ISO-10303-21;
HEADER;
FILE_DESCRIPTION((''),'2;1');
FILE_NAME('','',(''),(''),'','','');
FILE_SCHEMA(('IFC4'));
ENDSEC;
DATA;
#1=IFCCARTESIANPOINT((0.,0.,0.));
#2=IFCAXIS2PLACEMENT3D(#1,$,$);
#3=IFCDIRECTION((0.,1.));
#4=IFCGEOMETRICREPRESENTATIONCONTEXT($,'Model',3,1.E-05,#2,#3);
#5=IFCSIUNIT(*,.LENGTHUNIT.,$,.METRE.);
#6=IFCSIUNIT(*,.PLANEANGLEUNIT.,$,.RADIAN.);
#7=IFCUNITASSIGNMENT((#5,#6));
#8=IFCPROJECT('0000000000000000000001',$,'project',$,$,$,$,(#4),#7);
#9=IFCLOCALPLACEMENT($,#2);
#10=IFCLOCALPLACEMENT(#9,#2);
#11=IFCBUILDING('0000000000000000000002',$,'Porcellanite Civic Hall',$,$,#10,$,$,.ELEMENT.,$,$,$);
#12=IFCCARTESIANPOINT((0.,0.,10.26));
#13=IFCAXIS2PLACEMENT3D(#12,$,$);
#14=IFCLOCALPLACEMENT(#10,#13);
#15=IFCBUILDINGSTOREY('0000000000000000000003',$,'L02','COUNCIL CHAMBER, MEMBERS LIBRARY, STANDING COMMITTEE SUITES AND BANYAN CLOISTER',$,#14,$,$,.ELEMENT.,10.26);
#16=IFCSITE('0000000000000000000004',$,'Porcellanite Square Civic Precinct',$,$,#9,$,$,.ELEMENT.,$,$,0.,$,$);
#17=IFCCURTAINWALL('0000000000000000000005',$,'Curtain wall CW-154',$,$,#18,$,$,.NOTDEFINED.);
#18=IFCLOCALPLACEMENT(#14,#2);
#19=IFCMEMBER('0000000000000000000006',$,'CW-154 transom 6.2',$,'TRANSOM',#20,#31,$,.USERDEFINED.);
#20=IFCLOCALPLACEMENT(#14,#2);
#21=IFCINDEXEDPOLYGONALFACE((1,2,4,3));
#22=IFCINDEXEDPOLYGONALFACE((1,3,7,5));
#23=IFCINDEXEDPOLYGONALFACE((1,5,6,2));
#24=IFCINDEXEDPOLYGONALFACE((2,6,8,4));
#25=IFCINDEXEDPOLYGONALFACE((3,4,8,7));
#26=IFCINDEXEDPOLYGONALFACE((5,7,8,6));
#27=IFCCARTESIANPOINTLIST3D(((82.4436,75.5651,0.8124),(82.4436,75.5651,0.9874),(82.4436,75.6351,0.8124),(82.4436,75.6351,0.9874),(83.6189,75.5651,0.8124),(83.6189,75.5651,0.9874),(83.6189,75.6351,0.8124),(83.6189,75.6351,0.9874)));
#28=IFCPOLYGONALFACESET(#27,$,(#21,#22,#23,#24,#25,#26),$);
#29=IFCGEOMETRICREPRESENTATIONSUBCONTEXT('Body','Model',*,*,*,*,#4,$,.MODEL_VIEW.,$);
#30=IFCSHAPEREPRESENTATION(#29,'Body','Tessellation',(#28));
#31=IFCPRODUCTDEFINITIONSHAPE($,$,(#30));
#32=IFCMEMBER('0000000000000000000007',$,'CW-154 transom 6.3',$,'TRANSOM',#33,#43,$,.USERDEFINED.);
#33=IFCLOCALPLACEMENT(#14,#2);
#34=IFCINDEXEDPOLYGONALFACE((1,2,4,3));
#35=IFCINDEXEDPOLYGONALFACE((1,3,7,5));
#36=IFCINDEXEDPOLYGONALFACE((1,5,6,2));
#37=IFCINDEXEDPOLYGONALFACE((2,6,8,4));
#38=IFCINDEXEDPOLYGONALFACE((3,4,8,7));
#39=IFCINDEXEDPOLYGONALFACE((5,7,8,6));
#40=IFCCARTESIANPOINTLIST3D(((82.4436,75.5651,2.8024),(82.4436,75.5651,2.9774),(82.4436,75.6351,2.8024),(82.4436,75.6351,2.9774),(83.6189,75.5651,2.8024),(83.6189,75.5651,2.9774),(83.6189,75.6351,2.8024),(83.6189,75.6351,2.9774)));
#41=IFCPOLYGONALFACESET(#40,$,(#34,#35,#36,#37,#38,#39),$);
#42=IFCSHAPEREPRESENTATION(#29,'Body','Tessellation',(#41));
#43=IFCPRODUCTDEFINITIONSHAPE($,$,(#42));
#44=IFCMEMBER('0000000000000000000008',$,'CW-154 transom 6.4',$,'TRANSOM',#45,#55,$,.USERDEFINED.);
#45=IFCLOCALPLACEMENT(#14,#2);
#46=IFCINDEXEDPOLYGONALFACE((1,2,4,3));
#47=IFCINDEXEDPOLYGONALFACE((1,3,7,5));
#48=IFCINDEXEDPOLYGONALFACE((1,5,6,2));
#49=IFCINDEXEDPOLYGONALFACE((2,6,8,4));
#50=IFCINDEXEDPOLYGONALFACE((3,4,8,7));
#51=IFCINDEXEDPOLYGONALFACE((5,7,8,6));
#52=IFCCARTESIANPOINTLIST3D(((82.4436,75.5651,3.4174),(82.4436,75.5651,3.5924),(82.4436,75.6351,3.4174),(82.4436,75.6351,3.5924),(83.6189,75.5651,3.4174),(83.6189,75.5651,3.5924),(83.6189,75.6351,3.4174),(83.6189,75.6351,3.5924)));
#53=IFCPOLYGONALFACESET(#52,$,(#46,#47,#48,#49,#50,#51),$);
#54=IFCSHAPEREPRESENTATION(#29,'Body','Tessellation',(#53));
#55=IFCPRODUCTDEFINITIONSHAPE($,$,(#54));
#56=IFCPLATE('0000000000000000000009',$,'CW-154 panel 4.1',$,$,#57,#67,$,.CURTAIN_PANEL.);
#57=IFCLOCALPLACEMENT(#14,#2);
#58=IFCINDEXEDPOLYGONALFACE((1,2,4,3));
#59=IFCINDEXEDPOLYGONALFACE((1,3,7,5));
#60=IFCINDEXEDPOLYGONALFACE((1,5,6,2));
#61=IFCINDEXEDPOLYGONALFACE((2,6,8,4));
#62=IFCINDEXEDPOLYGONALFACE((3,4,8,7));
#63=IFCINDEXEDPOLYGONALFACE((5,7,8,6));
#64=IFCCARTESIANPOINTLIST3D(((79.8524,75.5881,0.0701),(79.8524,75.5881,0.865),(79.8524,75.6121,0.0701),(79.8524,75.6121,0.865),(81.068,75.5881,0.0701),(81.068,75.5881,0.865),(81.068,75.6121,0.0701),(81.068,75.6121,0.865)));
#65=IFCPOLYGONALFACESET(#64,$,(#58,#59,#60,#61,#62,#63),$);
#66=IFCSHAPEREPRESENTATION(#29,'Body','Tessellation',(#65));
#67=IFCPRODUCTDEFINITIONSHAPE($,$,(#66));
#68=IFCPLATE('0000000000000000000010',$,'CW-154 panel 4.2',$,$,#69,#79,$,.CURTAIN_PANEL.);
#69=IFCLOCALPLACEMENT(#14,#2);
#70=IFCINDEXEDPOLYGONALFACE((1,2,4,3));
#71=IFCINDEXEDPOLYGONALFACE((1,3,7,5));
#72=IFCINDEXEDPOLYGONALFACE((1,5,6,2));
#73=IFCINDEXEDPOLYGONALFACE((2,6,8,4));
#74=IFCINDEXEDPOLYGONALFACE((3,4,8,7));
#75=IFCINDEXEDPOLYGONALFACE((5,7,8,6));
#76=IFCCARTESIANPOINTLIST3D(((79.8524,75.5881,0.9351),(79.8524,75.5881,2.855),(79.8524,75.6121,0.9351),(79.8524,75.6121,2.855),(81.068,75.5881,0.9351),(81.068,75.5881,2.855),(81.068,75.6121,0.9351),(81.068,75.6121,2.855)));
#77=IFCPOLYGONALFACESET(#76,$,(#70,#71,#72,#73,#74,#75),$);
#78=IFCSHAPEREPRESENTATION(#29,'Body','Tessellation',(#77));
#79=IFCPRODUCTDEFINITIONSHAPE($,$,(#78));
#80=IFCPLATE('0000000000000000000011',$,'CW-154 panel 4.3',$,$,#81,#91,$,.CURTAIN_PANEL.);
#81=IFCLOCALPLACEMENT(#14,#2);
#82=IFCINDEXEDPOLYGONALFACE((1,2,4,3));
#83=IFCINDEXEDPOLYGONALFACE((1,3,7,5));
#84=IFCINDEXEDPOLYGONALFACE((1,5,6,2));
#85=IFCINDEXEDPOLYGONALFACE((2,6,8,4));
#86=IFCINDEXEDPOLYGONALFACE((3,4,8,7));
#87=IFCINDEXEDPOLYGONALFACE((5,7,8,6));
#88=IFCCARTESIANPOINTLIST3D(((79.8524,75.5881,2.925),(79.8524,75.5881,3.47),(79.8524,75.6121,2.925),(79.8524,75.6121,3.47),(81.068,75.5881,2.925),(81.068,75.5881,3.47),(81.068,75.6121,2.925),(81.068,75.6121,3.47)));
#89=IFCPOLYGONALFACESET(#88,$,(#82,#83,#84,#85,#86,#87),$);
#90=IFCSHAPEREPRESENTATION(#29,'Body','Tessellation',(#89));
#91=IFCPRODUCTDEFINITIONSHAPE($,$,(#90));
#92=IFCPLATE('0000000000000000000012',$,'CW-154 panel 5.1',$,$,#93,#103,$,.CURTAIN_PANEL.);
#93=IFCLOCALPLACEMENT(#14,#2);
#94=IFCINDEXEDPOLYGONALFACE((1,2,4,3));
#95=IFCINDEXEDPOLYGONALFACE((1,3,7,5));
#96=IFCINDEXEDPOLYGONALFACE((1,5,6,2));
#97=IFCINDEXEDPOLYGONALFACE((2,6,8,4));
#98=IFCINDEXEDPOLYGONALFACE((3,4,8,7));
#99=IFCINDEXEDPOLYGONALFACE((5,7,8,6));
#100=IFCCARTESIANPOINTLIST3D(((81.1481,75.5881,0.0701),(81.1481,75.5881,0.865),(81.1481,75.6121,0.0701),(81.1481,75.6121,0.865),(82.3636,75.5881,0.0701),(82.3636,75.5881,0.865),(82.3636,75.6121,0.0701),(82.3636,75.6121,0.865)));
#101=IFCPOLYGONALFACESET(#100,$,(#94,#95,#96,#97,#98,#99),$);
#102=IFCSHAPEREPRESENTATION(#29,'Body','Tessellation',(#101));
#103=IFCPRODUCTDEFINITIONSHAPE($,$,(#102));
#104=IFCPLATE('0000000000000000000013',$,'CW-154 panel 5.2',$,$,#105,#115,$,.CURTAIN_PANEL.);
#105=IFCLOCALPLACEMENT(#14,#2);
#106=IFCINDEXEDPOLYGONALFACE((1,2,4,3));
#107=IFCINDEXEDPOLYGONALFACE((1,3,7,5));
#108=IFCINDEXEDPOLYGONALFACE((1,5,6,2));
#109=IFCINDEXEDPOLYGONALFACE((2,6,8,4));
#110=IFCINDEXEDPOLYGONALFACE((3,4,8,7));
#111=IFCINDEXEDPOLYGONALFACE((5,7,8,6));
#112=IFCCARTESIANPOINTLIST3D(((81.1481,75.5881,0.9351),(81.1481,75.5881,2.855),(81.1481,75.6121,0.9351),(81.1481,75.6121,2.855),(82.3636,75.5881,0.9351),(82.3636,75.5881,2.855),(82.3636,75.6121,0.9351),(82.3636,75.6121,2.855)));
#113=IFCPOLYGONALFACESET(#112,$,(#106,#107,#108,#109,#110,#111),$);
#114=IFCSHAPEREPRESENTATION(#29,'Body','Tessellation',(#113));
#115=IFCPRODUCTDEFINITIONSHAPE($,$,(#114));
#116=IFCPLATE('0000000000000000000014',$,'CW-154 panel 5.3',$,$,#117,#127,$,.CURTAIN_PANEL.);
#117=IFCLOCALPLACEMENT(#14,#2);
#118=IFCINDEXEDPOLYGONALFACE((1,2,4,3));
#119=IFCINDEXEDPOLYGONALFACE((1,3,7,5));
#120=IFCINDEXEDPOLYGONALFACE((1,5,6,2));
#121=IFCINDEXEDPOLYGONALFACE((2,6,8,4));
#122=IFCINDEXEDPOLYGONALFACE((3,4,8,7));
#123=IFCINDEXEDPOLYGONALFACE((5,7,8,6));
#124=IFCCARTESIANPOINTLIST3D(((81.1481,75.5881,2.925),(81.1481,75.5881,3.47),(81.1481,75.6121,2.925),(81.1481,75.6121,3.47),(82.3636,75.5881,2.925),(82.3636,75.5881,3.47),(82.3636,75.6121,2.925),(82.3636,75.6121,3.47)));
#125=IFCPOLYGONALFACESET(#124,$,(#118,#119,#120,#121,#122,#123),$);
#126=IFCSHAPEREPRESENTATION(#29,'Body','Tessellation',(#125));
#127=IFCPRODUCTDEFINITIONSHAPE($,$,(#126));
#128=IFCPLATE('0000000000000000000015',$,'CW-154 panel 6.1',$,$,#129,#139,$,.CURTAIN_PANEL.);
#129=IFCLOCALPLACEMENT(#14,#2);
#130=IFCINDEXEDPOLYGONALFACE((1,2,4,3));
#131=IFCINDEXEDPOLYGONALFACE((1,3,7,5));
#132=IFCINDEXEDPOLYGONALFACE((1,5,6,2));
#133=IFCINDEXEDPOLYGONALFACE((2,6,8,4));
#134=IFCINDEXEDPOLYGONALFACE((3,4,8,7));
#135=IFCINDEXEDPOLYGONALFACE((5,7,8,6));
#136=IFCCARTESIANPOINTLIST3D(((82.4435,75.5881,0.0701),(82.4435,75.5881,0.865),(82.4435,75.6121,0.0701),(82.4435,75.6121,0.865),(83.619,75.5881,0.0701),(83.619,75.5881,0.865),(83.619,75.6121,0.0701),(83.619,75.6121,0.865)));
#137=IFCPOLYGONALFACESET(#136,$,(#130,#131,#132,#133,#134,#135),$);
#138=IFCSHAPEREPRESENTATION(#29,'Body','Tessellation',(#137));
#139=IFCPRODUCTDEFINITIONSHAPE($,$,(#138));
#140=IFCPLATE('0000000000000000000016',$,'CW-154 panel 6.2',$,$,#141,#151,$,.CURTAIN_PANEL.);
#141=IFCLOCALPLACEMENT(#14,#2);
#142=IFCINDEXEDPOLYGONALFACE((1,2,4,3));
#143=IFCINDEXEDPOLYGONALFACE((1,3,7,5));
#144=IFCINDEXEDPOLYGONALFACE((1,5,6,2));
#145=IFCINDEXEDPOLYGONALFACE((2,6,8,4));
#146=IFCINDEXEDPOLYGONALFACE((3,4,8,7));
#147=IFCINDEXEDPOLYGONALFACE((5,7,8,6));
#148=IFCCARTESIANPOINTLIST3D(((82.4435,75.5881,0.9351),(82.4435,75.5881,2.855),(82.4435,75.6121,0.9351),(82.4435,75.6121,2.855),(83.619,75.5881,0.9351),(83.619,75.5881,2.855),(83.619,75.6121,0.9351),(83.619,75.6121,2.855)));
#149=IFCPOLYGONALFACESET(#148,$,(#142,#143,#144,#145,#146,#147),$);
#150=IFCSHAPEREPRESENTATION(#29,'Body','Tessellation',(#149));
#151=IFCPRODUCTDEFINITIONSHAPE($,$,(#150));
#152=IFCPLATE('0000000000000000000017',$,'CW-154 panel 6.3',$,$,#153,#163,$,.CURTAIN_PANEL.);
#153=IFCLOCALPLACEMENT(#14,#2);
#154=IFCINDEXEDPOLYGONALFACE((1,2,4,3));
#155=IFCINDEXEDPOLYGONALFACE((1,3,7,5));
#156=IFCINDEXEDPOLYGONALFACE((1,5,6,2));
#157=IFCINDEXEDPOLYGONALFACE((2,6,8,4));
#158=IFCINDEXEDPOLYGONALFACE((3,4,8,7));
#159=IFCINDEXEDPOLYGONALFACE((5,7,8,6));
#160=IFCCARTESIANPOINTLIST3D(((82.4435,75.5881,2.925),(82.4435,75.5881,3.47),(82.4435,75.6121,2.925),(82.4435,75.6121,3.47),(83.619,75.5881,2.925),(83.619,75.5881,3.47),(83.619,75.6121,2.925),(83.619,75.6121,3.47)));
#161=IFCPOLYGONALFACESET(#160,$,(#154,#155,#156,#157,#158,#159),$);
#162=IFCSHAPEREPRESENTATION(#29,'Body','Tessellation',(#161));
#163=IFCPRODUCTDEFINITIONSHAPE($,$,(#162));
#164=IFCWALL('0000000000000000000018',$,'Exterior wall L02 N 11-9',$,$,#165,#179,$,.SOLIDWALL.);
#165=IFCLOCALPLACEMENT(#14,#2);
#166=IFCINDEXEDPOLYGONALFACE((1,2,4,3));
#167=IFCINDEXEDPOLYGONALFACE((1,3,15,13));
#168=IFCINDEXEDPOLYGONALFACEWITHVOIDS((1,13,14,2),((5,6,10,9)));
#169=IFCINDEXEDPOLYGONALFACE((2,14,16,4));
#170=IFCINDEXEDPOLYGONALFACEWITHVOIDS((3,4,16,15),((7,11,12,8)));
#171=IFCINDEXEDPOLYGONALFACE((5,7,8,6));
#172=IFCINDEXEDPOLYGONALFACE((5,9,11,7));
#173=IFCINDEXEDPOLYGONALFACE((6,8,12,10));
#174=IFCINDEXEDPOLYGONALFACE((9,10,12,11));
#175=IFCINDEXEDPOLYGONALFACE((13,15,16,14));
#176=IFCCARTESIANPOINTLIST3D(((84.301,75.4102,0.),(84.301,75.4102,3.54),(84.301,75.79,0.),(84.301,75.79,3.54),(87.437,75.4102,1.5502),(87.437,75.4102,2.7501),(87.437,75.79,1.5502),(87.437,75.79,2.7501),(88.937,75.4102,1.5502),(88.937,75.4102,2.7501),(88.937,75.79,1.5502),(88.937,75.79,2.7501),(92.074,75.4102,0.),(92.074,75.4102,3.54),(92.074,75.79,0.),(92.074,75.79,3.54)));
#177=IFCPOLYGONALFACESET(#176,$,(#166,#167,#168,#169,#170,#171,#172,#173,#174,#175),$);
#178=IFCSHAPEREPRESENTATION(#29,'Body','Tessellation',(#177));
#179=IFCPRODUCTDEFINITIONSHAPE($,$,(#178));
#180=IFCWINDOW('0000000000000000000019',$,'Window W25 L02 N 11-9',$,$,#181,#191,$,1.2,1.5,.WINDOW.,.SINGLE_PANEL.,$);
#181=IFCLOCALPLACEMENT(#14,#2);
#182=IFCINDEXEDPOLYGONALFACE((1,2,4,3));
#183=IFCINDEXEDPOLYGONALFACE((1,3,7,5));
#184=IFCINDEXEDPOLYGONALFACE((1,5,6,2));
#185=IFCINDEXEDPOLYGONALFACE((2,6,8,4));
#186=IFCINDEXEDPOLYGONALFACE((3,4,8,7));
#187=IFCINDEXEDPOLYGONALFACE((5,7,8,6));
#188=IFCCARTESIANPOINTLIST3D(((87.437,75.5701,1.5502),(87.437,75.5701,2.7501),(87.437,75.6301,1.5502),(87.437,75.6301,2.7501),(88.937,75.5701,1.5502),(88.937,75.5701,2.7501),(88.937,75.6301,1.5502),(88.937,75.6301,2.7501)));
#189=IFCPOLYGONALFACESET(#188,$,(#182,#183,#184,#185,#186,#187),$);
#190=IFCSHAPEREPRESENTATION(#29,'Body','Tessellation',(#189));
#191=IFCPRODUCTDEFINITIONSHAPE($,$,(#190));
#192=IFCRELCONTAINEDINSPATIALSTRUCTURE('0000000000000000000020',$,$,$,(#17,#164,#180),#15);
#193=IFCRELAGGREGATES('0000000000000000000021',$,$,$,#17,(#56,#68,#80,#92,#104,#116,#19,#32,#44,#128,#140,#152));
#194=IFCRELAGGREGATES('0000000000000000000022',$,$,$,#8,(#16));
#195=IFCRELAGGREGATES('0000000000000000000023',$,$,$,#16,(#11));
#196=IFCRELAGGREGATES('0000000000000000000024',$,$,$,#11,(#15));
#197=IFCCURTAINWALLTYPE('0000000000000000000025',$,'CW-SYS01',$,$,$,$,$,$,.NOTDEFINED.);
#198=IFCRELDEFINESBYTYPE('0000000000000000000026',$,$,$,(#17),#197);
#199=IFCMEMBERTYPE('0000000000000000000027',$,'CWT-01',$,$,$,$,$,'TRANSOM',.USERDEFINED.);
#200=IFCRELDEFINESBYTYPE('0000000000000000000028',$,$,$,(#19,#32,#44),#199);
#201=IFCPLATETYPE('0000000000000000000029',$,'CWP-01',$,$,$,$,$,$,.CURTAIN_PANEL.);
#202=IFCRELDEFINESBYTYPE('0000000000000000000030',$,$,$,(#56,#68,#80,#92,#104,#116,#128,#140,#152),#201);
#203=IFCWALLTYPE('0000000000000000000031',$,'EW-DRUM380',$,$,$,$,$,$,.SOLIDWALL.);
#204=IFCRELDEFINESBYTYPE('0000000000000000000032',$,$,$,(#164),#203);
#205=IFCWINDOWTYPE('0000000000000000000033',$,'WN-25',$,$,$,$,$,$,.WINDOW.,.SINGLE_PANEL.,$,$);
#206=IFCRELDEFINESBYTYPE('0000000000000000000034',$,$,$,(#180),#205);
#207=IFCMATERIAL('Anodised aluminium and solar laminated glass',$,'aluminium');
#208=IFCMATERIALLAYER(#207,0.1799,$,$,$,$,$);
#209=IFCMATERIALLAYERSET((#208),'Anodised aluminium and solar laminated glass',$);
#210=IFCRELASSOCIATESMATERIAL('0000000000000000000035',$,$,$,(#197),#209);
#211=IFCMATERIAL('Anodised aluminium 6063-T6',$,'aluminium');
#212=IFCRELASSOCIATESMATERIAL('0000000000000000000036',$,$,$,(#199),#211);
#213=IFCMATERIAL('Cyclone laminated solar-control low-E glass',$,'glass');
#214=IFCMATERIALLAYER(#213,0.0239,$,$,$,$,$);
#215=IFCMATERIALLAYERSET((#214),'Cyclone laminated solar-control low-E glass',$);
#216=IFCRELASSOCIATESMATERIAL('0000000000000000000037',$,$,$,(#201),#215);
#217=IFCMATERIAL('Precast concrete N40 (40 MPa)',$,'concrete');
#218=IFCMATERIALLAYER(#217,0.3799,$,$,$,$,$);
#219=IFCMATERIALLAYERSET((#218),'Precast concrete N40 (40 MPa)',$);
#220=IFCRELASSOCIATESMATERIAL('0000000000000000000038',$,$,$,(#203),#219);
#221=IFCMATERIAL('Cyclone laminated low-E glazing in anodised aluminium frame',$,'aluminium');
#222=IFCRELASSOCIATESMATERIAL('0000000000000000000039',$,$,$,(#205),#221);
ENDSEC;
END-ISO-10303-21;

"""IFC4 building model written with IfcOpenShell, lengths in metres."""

from ifc_helpers import new_model, si_unit, direction, frame, frame_2d, origin, origin_2d, place, context, subcontext, project, spatial, rectangle, extrude, material, layer, layer_set, material_profile, profile_set, type_object, element, fill, aggregate, save


model = new_model("IFC4")

# Units and contexts
model_context = context("Model", 3, precision=1e-05, world=origin(), true_north=direction((0.0, 1.0)))
body_context = subcontext(model_context, "Body", "Model", "MODEL_VIEW")
ifc_project = project(units=[si_unit("LENGTHUNIT", "METRE"), si_unit("PLANEANGLEUNIT", "RADIAN")], contexts=[model_context])

# Site, building, storey
site_placement = place(None, origin())
site = spatial("IfcSite", under=ifc_project, at=site_placement, Name="Porcellanite Square Civic Precinct", CompositionType="ELEMENT", RefElevation=0.0)
building_placement = place(site_placement, origin())
building = spatial("IfcBuilding", under=site, at=building_placement, Name="Porcellanite Civic Hall", CompositionType="ELEMENT")
storey_placement = place(building_placement, frame((0.0, 0.0, 10.26)))
storey = spatial("IfcBuildingStorey", under=building, at=storey_placement, Name="L02", Description="COUNCIL CHAMBER, MEMBERS LIBRARY, STANDING COMMITTEE SUITES AND BANYAN CLOISTER", CompositionType="ELEMENT", Elevation=10.26)

# Curtain wall, members, plates
ifc_material_1 = material(Name="Anodised aluminium and solar laminated glass", Category="aluminium")
ifc_layer_1 = layer(ifc_material_1, 0.1799)
ifc_layer_set_1 = layer_set([ifc_layer_1], Name="Anodised aluminium and solar laminated glass")
curtain_wall_type = type_object("IfcCurtainWallType", Name="CW-SYS01", PredefinedType="NOTDEFINED", material=ifc_layer_set_1)
curtain_wall_placement = place(storey_placement, origin())
curtain_wall = element("IfcCurtainWall", 1, at=curtain_wall_placement, inside=storey, type_object=curtain_wall_type, Name="Curtain wall CW-154", PredefinedType="NOTDEFINED")
ifc_material_2 = material(Name="Anodised aluminium 6063-T6", Category="aluminium")
ifc_material_profile_1 = material_profile(ifc_material_2, rectangle(XDim=0.0701, YDim=0.175, at=origin_2d()), Name="AL-70x175")
ifc_profile_set_1 = profile_set([ifc_material_profile_1], Name="Anodised aluminium 6063-T6")
member_type_1 = type_object("IfcMemberType", Name="CWT-01", ElementType="TRANSOM", PredefinedType="USERDEFINED", material=ifc_profile_set_1)
member_1_placement = place(storey_placement, frame((82.4436, 75.6001, 0.8999), z_axis=(1.0, 0.0, 0.0), x_axis=(0.0, 1.0, 0.0)))
member_1 = element("IfcMember", 2, at=member_1_placement, type_object=member_type_1, Name="CW-154 transom 6.2", ObjectType="TRANSOM", PredefinedType="USERDEFINED", context=body_context, shape_type="SweptSolid", body=[
    extrude(rectangle(XDim=0.0701, YDim=0.175, at=origin_2d()), origin(), (0.0, 0.0, 1.0), 1.1753),
])
member_2_placement = place(storey_placement, frame((82.4436, 75.6001, 2.8899), z_axis=(1.0, 0.0, 0.0), x_axis=(0.0, 1.0, 0.0)))
member_2 = element("IfcMember", 3, at=member_2_placement, type_object=member_type_1, Name="CW-154 transom 6.3", ObjectType="TRANSOM", PredefinedType="USERDEFINED", context=body_context, shape_type="SweptSolid", body=[
    extrude(rectangle(XDim=0.0701, YDim=0.175, at=origin_2d()), origin(), (0.0, 0.0, 1.0), 1.1753),
])
member_3_placement = place(storey_placement, frame((82.4436, 75.6001, 3.5049), z_axis=(1.0, 0.0, 0.0), x_axis=(0.0, 1.0, 0.0)))
member_3 = element("IfcMember", 4, at=member_3_placement, type_object=member_type_1, Name="CW-154 transom 6.4", ObjectType="TRANSOM", PredefinedType="USERDEFINED", context=body_context, shape_type="SweptSolid", body=[
    extrude(rectangle(XDim=0.0701, YDim=0.175, at=origin_2d()), origin(), (0.0, 0.0, 1.0), 1.1753),
])
ifc_material_3 = material(Name="Cyclone laminated solar-control low-E glass", Category="glass")
ifc_layer_2 = layer(ifc_material_3, 0.0239)
ifc_layer_set_2 = layer_set([ifc_layer_2], Name="Cyclone laminated solar-control low-E glass")
plate_type = type_object("IfcPlateType", Name="CWP-01", PredefinedType="CURTAIN_PANEL", material=ifc_layer_set_2)
plate_1_placement = place(storey_placement, frame((80.4602, 75.6001, 0.0701), z_axis=(0.0, 0.0, 1.0), x_axis=(1.0, 0.0, 0.0)))
plate_1 = element("IfcPlate", 5, at=plate_1_placement, type_object=plate_type, Name="CW-154 panel 4.1", PredefinedType="CURTAIN_PANEL", context=body_context, shape_type="SweptSolid", body=[
    extrude(rectangle(XDim=1.2156, YDim=0.0239, at=origin_2d()), origin(), (0.0, 0.0, 1.0), 0.7949),
])
plate_2_placement = place(storey_placement, frame((80.4602, 75.6001, 0.9351), z_axis=(0.0, 0.0, 1.0), x_axis=(1.0, 0.0, 0.0)))
plate_2 = element("IfcPlate", 6, at=plate_2_placement, type_object=plate_type, Name="CW-154 panel 4.2", PredefinedType="CURTAIN_PANEL", context=body_context, shape_type="SweptSolid", body=[
    extrude(rectangle(XDim=1.2156, YDim=0.0239, at=origin_2d()), origin(), (0.0, 0.0, 1.0), 1.9199),
])
plate_3_placement = place(storey_placement, frame((80.4602, 75.6001, 2.925), z_axis=(0.0, 0.0, 1.0), x_axis=(1.0, 0.0, 0.0)))
plate_3 = element("IfcPlate", 7, at=plate_3_placement, type_object=plate_type, Name="CW-154 panel 4.3", PredefinedType="CURTAIN_PANEL", context=body_context, shape_type="SweptSolid", body=[
    extrude(rectangle(XDim=1.2156, YDim=0.0239, at=origin_2d()), origin(), (0.0, 0.0, 1.0), 0.5449),
])
plate_4_placement = place(storey_placement, frame((81.7559, 75.6001, 0.0701), z_axis=(0.0, 0.0, 1.0), x_axis=(1.0, 0.0, 0.0)))
plate_4 = element("IfcPlate", 8, at=plate_4_placement, type_object=plate_type, Name="CW-154 panel 5.1", PredefinedType="CURTAIN_PANEL", context=body_context, shape_type="SweptSolid", body=[
    extrude(rectangle(XDim=1.2156, YDim=0.0239, at=origin_2d()), origin(), (0.0, 0.0, 1.0), 0.7949),
])
plate_5_placement = place(storey_placement, frame((81.7559, 75.6001, 0.9351), z_axis=(0.0, 0.0, 1.0), x_axis=(1.0, 0.0, 0.0)))
plate_5 = element("IfcPlate", 9, at=plate_5_placement, type_object=plate_type, Name="CW-154 panel 5.2", PredefinedType="CURTAIN_PANEL", context=body_context, shape_type="SweptSolid", body=[
    extrude(rectangle(XDim=1.2156, YDim=0.0239, at=origin_2d()), origin(), (0.0, 0.0, 1.0), 1.9199),
])
plate_6_placement = place(storey_placement, frame((81.7559, 75.6001, 2.925), z_axis=(0.0, 0.0, 1.0), x_axis=(1.0, 0.0, 0.0)))
plate_6 = element("IfcPlate", 10, at=plate_6_placement, type_object=plate_type, Name="CW-154 panel 5.3", PredefinedType="CURTAIN_PANEL", context=body_context, shape_type="SweptSolid", body=[
    extrude(rectangle(XDim=1.2156, YDim=0.0239, at=origin_2d()), origin(), (0.0, 0.0, 1.0), 0.5449),
])
plate_7_placement = place(storey_placement, frame((83.0312, 75.6001, 0.0701), z_axis=(0.0, 0.0, 1.0), x_axis=(1.0, 0.0, 0.0)))
plate_7 = element("IfcPlate", 11, at=plate_7_placement, type_object=plate_type, Name="CW-154 panel 6.1", PredefinedType="CURTAIN_PANEL", context=body_context, shape_type="SweptSolid", body=[
    extrude(rectangle(XDim=1.1755, YDim=0.0239, at=origin_2d()), origin(), (0.0, 0.0, 1.0), 0.7949),
])
plate_8_placement = place(storey_placement, frame((83.0312, 75.6001, 0.9351), z_axis=(0.0, 0.0, 1.0), x_axis=(1.0, 0.0, 0.0)))
plate_8 = element("IfcPlate", 12, at=plate_8_placement, type_object=plate_type, Name="CW-154 panel 6.2", PredefinedType="CURTAIN_PANEL", context=body_context, shape_type="SweptSolid", body=[
    extrude(rectangle(XDim=1.1755, YDim=0.0239, at=origin_2d()), origin(), (0.0, 0.0, 1.0), 1.9199),
])
plate_9_placement = place(storey_placement, frame((83.0312, 75.6001, 2.925), z_axis=(0.0, 0.0, 1.0), x_axis=(1.0, 0.0, 0.0)))
plate_9 = element("IfcPlate", 13, at=plate_9_placement, type_object=plate_type, Name="CW-154 panel 6.3", PredefinedType="CURTAIN_PANEL", context=body_context, shape_type="SweptSolid", body=[
    extrude(rectangle(XDim=1.1755, YDim=0.0239, at=origin_2d()), origin(), (0.0, 0.0, 1.0), 0.5449),
])
aggregate(curtain_wall, [plate_1, plate_2, plate_3, plate_4, plate_5, plate_6, member_1, member_2, member_3, plate_7, plate_8, plate_9])

# Wall, opening, window
ifc_material_4 = material(Name="Precast concrete N40 (40 MPa)", Category="concrete")
ifc_layer_3 = layer(ifc_material_4, 0.3799)
ifc_layer_set_3 = layer_set([ifc_layer_3], Name="Precast concrete N40 (40 MPa)")
wall_type = type_object("IfcWallType", Name="EW-DRUM380", PredefinedType="SOLIDWALL", material=ifc_layer_set_3)
wall_placement = place(storey_placement, frame((84.301, 75.6001, 0.0), z_axis=(0.0, 0.0, 1.0), x_axis=(1.0, 0.0, 0.0)))
wall = element("IfcWall", 14, at=wall_placement, inside=storey, type_object=wall_type, Name="Exterior wall L02 N 11-9", PredefinedType="SOLIDWALL", context=body_context, shape_type="SweptSolid", body=[
    extrude(rectangle(XDim=7.7729, YDim=0.3799, at=frame_2d((3.8865, 0.0))), origin(), (0.0, 0.0, 1.0), 3.54),
])
opening_placement = place(wall_placement, frame((3.136, 0.0, 1.55)))
opening = element("IfcOpeningElement", 15, at=opening_placement, cuts=wall, PredefinedType="OPENING", context=body_context, shape_type="SweptSolid", body=[
    extrude(rectangle(XDim=1.5, YDim=1.2, at=frame_2d((0.75, 0.6001))), frame((0.0, 0.1899, 0.0), z_axis=(0.0, -1.0, 0.0), x_axis=(1.0, 0.0, 0.0)), (0.0, 0.0, 1.0), 0.3799),
])
ifc_material_5 = material(Name="Cyclone laminated low-E glazing in anodised aluminium frame", Category="aluminium")
window_type = type_object("IfcWindowType", Name="WN-25", PartitioningType="SINGLE_PANEL", PredefinedType="WINDOW", material=ifc_material_5)
window_placement = place(opening_placement, origin())
window = element("IfcWindow", 16, at=window_placement, inside=storey, type_object=window_type, Name="Window W25 L02 N 11-9", OverallHeight=1.2, OverallWidth=1.5, PartitioningType="SINGLE_PANEL", PredefinedType="WINDOW", context=body_context, shape_type="SweptSolid", body=[
    extrude(rectangle(XDim=1.5, YDim=1.2, at=frame_2d((0.75, 0.6001))), frame((0.0, 0.03, 0.0), z_axis=(0.0, -1.0, 0.0), x_axis=(1.0, 0.0, 0.0)), (0.0, 0.0, 1.0), 0.0601),
])
fill(opening, window)

save(model, "model.ifc")
